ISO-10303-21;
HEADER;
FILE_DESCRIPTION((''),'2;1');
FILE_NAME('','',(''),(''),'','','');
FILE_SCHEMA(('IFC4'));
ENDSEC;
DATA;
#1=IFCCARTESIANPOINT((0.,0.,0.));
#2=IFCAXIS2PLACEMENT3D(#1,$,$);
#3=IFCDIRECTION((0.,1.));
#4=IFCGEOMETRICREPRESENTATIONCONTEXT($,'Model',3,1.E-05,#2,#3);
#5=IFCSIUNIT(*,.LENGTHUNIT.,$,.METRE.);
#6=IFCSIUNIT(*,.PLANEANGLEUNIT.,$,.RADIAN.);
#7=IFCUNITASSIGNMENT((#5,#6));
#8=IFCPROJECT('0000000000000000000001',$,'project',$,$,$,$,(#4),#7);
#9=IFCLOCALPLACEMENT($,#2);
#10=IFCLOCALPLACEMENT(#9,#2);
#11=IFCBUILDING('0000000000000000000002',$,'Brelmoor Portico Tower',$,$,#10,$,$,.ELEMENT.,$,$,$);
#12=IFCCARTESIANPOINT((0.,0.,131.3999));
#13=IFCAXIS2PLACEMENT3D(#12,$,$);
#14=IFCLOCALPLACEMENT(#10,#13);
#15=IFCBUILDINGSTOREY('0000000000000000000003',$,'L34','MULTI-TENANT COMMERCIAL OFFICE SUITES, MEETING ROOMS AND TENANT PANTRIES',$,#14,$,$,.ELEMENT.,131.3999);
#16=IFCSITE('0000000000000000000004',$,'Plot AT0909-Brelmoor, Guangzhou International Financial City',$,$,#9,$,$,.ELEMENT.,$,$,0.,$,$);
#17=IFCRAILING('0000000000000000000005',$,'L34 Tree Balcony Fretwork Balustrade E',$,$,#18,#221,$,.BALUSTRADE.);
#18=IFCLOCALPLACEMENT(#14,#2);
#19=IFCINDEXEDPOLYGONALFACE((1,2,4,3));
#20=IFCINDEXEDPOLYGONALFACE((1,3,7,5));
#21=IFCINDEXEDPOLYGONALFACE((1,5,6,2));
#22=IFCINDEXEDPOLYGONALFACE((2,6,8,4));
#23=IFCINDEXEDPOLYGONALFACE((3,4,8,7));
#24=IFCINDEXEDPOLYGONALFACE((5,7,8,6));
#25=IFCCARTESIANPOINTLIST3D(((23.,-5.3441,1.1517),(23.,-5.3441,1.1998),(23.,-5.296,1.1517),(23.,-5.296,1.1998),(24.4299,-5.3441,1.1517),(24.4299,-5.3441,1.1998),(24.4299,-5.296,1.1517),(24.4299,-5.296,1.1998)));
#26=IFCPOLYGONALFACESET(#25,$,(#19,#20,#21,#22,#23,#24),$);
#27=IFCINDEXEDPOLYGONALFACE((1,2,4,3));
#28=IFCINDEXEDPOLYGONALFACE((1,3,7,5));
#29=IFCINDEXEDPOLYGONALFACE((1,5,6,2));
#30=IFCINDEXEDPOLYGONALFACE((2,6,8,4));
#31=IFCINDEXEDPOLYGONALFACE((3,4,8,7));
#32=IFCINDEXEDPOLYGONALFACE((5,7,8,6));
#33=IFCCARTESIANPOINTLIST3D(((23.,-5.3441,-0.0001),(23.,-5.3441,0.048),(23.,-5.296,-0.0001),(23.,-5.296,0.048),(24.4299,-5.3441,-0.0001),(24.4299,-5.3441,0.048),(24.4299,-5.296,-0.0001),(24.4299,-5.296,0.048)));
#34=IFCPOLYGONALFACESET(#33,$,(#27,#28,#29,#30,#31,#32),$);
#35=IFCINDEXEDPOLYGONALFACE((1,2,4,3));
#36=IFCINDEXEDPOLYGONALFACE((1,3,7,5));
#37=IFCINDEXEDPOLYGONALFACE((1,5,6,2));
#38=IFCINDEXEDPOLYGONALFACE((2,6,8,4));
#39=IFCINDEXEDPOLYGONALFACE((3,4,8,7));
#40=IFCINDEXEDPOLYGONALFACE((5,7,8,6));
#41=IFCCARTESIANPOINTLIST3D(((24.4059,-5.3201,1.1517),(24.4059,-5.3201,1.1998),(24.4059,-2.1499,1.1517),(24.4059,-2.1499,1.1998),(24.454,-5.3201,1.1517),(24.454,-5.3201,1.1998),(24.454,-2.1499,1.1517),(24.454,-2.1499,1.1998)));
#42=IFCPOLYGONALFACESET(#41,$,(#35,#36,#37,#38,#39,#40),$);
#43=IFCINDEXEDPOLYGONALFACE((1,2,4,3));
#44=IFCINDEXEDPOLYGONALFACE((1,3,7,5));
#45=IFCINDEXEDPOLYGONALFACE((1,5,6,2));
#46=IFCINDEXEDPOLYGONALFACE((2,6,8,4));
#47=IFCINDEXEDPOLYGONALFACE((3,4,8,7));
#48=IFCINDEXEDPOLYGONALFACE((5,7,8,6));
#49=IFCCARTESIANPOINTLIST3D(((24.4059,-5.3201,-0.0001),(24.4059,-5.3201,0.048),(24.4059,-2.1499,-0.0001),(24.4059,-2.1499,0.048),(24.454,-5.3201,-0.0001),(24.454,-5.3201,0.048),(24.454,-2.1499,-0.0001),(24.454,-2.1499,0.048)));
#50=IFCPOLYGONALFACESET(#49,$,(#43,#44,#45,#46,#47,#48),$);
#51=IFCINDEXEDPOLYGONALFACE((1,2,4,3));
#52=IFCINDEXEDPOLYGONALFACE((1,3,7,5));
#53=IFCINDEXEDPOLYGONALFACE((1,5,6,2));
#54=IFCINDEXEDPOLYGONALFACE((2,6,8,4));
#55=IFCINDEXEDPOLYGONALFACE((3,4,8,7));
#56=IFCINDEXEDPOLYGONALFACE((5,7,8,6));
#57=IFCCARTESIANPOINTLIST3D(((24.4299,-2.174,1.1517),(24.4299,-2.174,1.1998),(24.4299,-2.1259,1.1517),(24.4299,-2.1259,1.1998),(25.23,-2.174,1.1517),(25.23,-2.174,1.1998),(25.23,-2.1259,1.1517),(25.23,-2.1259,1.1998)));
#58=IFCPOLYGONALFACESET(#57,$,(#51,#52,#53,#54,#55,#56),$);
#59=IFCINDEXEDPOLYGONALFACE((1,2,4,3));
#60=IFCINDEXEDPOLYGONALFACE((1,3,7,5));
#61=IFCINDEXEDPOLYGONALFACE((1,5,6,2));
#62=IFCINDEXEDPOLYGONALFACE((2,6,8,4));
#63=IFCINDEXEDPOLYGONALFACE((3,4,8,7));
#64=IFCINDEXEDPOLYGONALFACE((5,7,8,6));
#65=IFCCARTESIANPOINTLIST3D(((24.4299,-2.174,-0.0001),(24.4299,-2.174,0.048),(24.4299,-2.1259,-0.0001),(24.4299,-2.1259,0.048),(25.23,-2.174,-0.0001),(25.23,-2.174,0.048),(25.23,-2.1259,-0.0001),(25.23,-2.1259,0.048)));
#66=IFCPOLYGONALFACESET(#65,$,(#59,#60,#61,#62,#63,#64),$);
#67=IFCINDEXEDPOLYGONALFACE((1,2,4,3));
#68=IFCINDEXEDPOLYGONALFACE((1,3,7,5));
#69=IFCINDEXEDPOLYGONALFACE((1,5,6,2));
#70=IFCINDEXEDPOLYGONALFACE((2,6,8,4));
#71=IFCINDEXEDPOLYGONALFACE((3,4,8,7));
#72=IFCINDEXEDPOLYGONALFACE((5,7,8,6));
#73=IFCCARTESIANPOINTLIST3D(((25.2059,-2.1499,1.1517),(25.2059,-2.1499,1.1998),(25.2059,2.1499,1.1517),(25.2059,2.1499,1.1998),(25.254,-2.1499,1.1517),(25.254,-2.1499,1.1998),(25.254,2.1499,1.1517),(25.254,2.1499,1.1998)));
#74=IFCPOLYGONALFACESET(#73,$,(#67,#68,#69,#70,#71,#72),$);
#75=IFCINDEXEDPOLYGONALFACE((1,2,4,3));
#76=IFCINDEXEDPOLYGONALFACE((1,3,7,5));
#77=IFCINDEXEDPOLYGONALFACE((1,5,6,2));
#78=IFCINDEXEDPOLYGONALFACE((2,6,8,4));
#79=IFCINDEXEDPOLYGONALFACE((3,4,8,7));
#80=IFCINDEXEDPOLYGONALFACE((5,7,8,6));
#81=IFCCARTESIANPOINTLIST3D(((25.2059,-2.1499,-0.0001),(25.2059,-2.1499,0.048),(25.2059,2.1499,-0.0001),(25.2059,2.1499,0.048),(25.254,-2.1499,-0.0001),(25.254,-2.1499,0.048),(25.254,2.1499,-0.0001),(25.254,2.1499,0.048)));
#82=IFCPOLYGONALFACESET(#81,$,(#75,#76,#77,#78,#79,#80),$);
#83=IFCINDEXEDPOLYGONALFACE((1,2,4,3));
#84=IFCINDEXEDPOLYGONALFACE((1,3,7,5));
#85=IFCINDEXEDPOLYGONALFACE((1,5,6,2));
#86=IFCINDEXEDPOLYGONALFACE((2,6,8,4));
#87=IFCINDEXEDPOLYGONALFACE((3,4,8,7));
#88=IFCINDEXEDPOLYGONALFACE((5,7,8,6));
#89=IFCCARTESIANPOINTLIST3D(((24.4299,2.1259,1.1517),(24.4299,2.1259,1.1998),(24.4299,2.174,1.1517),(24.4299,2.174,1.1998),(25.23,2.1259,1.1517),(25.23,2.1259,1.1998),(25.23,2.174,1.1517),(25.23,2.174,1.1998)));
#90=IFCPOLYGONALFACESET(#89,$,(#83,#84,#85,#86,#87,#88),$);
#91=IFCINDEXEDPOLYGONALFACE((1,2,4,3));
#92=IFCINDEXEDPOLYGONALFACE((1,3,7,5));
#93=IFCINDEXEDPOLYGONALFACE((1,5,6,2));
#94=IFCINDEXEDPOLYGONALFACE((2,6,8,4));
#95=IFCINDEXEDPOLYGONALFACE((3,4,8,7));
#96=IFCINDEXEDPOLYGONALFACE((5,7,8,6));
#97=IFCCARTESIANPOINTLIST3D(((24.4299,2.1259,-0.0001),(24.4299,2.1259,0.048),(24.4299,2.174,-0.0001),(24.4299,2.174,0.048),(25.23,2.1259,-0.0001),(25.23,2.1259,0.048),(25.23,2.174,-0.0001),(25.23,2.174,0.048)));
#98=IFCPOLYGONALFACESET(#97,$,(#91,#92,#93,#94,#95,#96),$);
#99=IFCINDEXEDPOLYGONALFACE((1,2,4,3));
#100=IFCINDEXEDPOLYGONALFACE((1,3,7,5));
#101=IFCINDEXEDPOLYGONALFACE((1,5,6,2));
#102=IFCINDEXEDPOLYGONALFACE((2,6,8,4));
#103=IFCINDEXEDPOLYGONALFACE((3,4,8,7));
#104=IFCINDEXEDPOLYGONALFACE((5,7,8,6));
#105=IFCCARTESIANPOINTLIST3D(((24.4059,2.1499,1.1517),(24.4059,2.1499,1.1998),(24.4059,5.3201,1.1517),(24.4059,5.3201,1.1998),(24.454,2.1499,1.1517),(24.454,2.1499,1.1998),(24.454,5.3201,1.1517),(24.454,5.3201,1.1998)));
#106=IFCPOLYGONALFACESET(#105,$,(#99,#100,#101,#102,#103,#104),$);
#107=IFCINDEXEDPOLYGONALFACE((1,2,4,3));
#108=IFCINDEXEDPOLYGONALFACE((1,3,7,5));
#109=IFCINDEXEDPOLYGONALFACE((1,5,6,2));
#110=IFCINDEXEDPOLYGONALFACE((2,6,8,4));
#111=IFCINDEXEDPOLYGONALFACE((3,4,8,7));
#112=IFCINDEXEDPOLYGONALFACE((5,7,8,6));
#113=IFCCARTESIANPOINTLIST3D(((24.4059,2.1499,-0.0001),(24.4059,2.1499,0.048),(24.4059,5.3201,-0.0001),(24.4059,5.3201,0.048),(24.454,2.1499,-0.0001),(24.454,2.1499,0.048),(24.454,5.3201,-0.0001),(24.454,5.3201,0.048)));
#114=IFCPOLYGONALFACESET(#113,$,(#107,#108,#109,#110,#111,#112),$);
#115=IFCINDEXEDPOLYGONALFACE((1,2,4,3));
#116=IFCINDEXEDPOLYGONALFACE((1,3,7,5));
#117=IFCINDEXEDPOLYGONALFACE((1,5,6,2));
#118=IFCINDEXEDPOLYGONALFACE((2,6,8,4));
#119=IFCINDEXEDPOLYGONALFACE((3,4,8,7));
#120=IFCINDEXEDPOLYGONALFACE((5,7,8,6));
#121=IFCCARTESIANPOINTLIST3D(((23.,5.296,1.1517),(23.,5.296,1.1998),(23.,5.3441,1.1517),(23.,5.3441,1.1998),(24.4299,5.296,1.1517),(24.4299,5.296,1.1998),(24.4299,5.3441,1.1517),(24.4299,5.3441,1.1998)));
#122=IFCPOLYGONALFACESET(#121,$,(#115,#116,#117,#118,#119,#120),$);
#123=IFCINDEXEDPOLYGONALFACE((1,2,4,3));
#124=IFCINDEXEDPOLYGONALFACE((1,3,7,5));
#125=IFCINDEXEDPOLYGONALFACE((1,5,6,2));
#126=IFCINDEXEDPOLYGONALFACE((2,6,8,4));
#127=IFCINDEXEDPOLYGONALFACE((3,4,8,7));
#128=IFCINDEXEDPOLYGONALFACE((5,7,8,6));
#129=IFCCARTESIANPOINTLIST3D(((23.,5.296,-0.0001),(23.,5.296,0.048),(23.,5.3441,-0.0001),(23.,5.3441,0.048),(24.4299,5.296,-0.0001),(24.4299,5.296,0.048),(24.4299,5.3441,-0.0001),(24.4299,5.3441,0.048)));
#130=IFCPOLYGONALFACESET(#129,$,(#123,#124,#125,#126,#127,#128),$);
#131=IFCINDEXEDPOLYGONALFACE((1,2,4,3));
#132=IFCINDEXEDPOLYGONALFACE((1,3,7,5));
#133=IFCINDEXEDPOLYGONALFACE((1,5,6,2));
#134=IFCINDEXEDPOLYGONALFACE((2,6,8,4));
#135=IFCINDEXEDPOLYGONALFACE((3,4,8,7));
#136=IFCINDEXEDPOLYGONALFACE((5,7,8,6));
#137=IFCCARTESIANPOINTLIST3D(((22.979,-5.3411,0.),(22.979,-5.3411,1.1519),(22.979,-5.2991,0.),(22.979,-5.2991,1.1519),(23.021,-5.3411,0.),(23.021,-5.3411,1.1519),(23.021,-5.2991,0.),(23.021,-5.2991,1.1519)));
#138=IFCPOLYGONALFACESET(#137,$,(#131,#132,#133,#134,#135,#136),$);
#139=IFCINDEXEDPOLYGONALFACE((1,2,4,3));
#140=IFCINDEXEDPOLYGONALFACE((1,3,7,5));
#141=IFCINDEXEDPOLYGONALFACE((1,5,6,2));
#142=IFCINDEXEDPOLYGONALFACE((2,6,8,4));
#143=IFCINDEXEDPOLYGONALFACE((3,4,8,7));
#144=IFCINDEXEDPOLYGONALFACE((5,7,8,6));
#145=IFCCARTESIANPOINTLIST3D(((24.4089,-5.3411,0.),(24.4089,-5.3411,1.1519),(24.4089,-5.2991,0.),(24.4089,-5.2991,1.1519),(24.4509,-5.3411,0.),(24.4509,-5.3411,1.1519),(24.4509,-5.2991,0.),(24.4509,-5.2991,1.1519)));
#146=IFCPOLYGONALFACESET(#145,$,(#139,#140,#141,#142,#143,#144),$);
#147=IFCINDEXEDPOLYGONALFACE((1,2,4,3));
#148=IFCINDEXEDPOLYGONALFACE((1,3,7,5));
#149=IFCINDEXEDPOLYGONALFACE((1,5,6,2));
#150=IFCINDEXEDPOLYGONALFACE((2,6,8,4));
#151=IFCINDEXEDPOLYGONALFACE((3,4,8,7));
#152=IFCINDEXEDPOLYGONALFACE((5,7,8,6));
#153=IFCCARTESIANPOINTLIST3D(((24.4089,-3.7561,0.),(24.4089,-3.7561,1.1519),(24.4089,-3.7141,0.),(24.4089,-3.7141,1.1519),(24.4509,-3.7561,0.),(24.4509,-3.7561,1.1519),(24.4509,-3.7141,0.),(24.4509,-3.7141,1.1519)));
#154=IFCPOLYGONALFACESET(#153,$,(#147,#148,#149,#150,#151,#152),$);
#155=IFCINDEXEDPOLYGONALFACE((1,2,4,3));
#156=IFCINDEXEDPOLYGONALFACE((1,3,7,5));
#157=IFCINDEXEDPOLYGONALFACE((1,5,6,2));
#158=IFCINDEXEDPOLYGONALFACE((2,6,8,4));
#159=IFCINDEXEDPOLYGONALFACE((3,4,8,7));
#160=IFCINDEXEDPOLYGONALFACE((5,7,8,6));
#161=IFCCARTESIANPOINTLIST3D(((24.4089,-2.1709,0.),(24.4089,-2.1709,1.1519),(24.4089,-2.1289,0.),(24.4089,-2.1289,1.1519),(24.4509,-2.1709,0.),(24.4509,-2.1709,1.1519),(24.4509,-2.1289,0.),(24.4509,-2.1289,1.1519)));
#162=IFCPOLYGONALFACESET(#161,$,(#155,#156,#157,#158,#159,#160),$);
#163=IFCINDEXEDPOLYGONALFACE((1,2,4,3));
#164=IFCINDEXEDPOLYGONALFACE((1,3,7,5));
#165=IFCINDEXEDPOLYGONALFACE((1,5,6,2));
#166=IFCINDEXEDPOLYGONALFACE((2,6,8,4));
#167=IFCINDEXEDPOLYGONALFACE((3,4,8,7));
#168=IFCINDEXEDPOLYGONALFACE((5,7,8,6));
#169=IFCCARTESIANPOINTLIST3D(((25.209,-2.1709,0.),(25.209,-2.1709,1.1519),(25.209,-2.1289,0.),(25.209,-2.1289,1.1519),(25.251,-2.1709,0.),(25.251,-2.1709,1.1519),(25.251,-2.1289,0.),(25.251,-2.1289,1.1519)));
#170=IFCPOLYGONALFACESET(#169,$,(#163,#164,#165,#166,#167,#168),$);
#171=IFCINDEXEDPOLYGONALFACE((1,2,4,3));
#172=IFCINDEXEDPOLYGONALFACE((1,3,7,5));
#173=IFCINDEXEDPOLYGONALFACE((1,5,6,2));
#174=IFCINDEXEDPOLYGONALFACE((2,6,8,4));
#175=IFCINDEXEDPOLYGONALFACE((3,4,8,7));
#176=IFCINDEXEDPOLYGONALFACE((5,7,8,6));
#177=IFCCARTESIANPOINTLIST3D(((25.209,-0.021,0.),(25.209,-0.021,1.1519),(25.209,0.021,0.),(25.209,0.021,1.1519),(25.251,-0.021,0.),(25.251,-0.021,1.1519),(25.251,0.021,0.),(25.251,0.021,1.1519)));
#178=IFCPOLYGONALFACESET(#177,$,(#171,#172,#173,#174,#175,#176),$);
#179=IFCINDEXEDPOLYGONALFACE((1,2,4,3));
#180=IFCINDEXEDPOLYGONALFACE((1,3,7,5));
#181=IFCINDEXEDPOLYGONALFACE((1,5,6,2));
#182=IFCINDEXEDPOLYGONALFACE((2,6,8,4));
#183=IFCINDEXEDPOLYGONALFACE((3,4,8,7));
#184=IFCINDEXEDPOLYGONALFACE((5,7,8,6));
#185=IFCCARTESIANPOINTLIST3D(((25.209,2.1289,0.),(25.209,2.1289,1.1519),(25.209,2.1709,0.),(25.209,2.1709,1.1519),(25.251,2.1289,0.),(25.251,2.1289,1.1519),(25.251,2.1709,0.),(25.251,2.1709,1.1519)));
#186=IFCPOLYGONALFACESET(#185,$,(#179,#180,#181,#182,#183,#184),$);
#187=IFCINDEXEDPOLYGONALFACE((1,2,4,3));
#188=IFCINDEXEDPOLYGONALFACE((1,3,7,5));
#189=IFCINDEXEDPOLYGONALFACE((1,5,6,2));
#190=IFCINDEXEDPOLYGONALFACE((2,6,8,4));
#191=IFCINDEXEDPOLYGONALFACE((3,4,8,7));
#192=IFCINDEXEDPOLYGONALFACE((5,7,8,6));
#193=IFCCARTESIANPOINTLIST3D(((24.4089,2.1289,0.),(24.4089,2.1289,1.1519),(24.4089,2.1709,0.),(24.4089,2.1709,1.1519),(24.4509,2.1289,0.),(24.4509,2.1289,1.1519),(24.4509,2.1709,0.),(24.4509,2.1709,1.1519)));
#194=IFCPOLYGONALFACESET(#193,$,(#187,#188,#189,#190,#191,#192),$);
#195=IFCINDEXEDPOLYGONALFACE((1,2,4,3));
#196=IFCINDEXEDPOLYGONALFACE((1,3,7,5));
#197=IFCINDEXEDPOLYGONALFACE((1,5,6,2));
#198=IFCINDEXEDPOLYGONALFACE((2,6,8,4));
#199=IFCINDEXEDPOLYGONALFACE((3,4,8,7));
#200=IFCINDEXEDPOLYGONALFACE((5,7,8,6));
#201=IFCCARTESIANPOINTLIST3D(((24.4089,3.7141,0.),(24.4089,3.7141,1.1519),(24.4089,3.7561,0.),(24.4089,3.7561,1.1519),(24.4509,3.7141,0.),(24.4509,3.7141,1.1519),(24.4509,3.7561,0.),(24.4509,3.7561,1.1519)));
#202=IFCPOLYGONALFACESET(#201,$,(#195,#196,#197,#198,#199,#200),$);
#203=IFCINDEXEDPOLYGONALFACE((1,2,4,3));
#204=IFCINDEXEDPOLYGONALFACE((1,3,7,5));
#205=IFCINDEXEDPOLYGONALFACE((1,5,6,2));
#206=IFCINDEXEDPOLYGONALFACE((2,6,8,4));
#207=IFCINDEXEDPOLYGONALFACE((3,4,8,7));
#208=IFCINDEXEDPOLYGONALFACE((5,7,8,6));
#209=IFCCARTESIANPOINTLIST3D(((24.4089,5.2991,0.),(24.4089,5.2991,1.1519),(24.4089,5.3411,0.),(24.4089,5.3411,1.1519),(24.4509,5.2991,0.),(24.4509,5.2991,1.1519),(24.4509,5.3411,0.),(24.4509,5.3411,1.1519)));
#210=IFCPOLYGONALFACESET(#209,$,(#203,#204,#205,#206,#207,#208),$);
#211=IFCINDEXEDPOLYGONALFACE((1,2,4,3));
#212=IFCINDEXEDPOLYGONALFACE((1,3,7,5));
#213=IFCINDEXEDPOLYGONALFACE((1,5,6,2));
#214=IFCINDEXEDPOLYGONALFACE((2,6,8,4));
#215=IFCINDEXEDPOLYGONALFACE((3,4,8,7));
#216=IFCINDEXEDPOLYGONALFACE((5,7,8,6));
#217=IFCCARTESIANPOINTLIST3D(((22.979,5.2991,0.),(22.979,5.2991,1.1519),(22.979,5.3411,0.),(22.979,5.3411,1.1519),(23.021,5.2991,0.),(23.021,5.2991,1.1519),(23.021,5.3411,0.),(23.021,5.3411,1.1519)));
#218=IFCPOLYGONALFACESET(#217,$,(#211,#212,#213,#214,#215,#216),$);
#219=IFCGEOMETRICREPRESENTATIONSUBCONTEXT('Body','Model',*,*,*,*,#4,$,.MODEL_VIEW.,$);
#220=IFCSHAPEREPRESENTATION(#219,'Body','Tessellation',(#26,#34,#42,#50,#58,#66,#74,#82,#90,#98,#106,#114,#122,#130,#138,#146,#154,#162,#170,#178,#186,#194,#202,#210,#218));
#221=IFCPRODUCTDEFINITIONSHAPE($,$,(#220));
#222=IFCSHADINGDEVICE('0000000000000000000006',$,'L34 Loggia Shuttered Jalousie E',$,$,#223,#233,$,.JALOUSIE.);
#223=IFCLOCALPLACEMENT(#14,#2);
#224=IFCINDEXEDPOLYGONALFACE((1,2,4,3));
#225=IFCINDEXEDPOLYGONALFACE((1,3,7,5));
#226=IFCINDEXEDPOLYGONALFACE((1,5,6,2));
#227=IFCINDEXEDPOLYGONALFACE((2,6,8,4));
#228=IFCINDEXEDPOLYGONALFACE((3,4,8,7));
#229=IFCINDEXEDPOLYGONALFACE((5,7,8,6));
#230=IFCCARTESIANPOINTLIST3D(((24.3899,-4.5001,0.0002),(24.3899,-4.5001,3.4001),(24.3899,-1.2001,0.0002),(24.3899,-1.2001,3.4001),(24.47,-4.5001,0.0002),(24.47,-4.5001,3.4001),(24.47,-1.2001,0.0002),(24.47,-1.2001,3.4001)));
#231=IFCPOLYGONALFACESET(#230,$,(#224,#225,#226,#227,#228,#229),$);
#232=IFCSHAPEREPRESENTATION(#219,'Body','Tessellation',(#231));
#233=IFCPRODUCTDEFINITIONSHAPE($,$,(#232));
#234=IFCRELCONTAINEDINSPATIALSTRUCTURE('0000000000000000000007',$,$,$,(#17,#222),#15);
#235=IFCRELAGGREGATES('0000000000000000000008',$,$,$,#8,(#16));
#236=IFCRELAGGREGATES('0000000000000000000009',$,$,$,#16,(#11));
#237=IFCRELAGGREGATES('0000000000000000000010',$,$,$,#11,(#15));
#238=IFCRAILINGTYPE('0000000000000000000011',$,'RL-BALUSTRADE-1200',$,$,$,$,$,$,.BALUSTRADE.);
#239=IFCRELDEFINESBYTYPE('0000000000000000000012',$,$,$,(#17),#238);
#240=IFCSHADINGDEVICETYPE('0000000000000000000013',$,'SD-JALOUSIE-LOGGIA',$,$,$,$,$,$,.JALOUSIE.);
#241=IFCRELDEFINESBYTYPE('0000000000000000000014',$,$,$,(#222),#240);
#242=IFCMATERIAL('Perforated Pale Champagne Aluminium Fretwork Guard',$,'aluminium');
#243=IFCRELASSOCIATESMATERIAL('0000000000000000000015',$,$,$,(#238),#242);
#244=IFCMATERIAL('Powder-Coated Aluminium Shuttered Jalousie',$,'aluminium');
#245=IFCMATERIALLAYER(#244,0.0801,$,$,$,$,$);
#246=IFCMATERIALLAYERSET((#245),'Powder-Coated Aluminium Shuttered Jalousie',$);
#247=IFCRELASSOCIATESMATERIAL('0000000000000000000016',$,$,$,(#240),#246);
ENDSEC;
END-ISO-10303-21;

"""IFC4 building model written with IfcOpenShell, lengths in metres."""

from ifc_helpers import new_model, si_unit, direction, frame, origin, origin_2d, place, context, subcontext, project, spatial, rectangle, extrude, material, layer, layer_set, type_object, element, save


model = new_model("IFC4")

# Units and contexts
model_context = context("Model", 3, precision=1e-05, world=origin(), true_north=direction((0.0, 1.0)))
body_context = subcontext(model_context, "Body", "Model", "MODEL_VIEW")
ifc_project = project(units=[si_unit("LENGTHUNIT", "METRE"), si_unit("PLANEANGLEUNIT", "RADIAN")], contexts=[model_context])

# Site, building, storey
site_placement = place(None, origin())
site = spatial("IfcSite", under=ifc_project, at=site_placement, Name="Plot AT0909-Brelmoor, Guangzhou International Financial City", CompositionType="ELEMENT", RefElevation=0.0)
building_placement = place(site_placement, origin())
building = spatial("IfcBuilding", under=site, at=building_placement, Name="Brelmoor Portico Tower", CompositionType="ELEMENT")
storey_placement = place(building_placement, frame((0.0, 0.0, 131.3999)))
storey = spatial("IfcBuildingStorey", under=building, at=storey_placement, Name="L34", Description="MULTI-TENANT COMMERCIAL OFFICE SUITES, MEETING ROOMS AND TENANT PANTRIES", CompositionType="ELEMENT", Elevation=131.3999)

# Railing
ifc_material_1 = material(Name="Perforated Pale Champagne Aluminium Fretwork Guard", Category="aluminium")
railing_type = type_object("IfcRailingType", Name="RL-BALUSTRADE-1200", PredefinedType="BALUSTRADE", material=ifc_material_1)
railing_placement = place(storey_placement, frame((23.0, -5.3201, 0.0)))
element("IfcRailing", 1, at=railing_placement, inside=storey, type_object=railing_type, Name="L34 Tree Balcony Fretwork Balustrade E", PredefinedType="BALUSTRADE", context=body_context, shape_type="SweptSolid", body=[
    extrude(rectangle(XDim=0.0481, YDim=0.0481, at=origin_2d()), frame((0.0, 0.0, 1.1758), z_axis=(1.0, 0.0, 0.0), x_axis=(0.0, 1.0, 0.0)), (0.0, 0.0, 1.0), 1.4299),
    extrude(rectangle(XDim=0.0481, YDim=0.0481, at=origin_2d()), frame((0.0, 0.0, 0.0239), z_axis=(1.0, 0.0, 0.0), x_axis=(0.0, 1.0, 0.0)), (0.0, 0.0, 1.0), 1.4299),
    extrude(rectangle(XDim=0.0481, YDim=0.0481, at=origin_2d()), frame((1.4299, 0.0, 1.1758), z_axis=(0.0, 1.0, 0.0), x_axis=(-1.0, 0.0, 0.0)), (0.0, 0.0, 1.0), 3.1702),
    extrude(rectangle(XDim=0.0481, YDim=0.0481, at=origin_2d()), frame((1.4299, 0.0, 0.0239), z_axis=(0.0, 1.0, 0.0), x_axis=(-1.0, 0.0, 0.0)), (0.0, 0.0, 1.0), 3.1702),
    extrude(rectangle(XDim=0.0481, YDim=0.0481, at=origin_2d()), frame((1.4299, 3.1702, 1.1758), z_axis=(1.0, 0.0, 0.0), x_axis=(0.0, 1.0, 0.0)), (0.0, 0.0, 1.0), 0.8),
    extrude(rectangle(XDim=0.0481, YDim=0.0481, at=origin_2d()), frame((1.4299, 3.1702, 0.0239), z_axis=(1.0, 0.0, 0.0), x_axis=(0.0, 1.0, 0.0)), (0.0, 0.0, 1.0), 0.8),
    extrude(rectangle(XDim=0.0481, YDim=0.0481, at=origin_2d()), frame((2.23, 3.1702, 1.1758), z_axis=(0.0, 1.0, 0.0), x_axis=(-1.0, 0.0, 0.0)), (0.0, 0.0, 1.0), 4.2998),
    extrude(rectangle(XDim=0.0481, YDim=0.0481, at=origin_2d()), frame((2.23, 3.1702, 0.0239), z_axis=(0.0, 1.0, 0.0), x_axis=(-1.0, 0.0, 0.0)), (0.0, 0.0, 1.0), 4.2998),
    extrude(rectangle(XDim=0.0481, YDim=0.0481, at=origin_2d()), frame((2.23, 7.47, 1.1758), z_axis=(-1.0, 0.0, 0.0), x_axis=(0.0, -1.0, 0.0)), (0.0, 0.0, 1.0), 0.8),
    extrude(rectangle(XDim=0.0481, YDim=0.0481, at=origin_2d()), frame((2.23, 7.47, 0.0239), z_axis=(-1.0, 0.0, 0.0), x_axis=(0.0, -1.0, 0.0)), (0.0, 0.0, 1.0), 0.8),
    extrude(rectangle(XDim=0.0481, YDim=0.0481, at=origin_2d()), frame((1.4299, 7.47, 1.1758), z_axis=(0.0, 1.0, 0.0), x_axis=(-1.0, 0.0, 0.0)), (0.0, 0.0, 1.0), 3.1702),
    extrude(rectangle(XDim=0.0481, YDim=0.0481, at=origin_2d()), frame((1.4299, 7.47, 0.0239), z_axis=(0.0, 1.0, 0.0), x_axis=(-1.0, 0.0, 0.0)), (0.0, 0.0, 1.0), 3.1702),
    extrude(rectangle(XDim=0.0481, YDim=0.0481, at=origin_2d()), frame((1.4299, 10.6401, 1.1758), z_axis=(-1.0, 0.0, 0.0), x_axis=(0.0, -1.0, 0.0)), (0.0, 0.0, 1.0), 1.4299),
    extrude(rectangle(XDim=0.0481, YDim=0.0481, at=origin_2d()), frame((1.4299, 10.6401, 0.0239), z_axis=(-1.0, 0.0, 0.0), x_axis=(0.0, -1.0, 0.0)), (0.0, 0.0, 1.0), 1.4299),
    extrude(rectangle(XDim=0.042, YDim=0.042, at=origin_2d()), origin(), (0.0, 0.0, 1.0), 1.1519),
    extrude(rectangle(XDim=0.042, YDim=0.042, at=origin_2d()), frame((1.4299, 0.0, 0.0)), (0.0, 0.0, 1.0), 1.1519),
    extrude(rectangle(XDim=0.042, YDim=0.042, at=origin_2d()), frame((1.4299, 1.585, 0.0)), (0.0, 0.0, 1.0), 1.1519),
    extrude(rectangle(XDim=0.042, YDim=0.042, at=origin_2d()), frame((1.4299, 3.1702, 0.0)), (0.0, 0.0, 1.0), 1.1519),
    extrude(rectangle(XDim=0.042, YDim=0.042, at=origin_2d()), frame((2.23, 3.1702, 0.0)), (0.0, 0.0, 1.0), 1.1519),
    extrude(rectangle(XDim=0.042, YDim=0.042, at=origin_2d()), frame((2.23, 5.3201, 0.0)), (0.0, 0.0, 1.0), 1.1519),
    extrude(rectangle(XDim=0.042, YDim=0.042, at=origin_2d()), frame((2.23, 7.47, 0.0)), (0.0, 0.0, 1.0), 1.1519),
    extrude(rectangle(XDim=0.042, YDim=0.042, at=origin_2d()), frame((1.4299, 7.47, 0.0)), (0.0, 0.0, 1.0), 1.1519),
    extrude(rectangle(XDim=0.042, YDim=0.042, at=origin_2d()), frame((1.4299, 9.0552, 0.0)), (0.0, 0.0, 1.0), 1.1519),
    extrude(rectangle(XDim=0.042, YDim=0.042, at=origin_2d()), frame((1.4299, 10.6401, 0.0)), (0.0, 0.0, 1.0), 1.1519),
    extrude(rectangle(XDim=0.042, YDim=0.042, at=origin_2d()), frame((0.0, 10.6401, 0.0)), (0.0, 0.0, 1.0), 1.1519),
])

# Shading device
ifc_material_2 = material(Name="Powder-Coated Aluminium Shuttered Jalousie", Category="aluminium")
ifc_layer_1 = layer(ifc_material_2, 0.0801)
ifc_layer_set_1 = layer_set([ifc_layer_1], Name="Powder-Coated Aluminium Shuttered Jalousie")
shading_device_type = type_object("IfcShadingDeviceType", Name="SD-JALOUSIE-LOGGIA", PredefinedType="JALOUSIE", material=ifc_layer_set_1)
shading_device_placement = place(storey_placement, frame((24.4299, -2.8501, 0.0002), z_axis=(0.0, 0.0, 1.0), x_axis=(0.0, 1.0, 0.0)))
element("IfcShadingDevice", 2, at=shading_device_placement, inside=storey, type_object=shading_device_type, Name="L34 Loggia Shuttered Jalousie E", PredefinedType="JALOUSIE", context=body_context, shape_type="SweptSolid", body=[
    extrude(rectangle(XDim=3.3, YDim=0.0801, at=origin_2d()), origin(), (0.0, 0.0, 1.0), 3.3999),
])

save(model, "model.ifc")
